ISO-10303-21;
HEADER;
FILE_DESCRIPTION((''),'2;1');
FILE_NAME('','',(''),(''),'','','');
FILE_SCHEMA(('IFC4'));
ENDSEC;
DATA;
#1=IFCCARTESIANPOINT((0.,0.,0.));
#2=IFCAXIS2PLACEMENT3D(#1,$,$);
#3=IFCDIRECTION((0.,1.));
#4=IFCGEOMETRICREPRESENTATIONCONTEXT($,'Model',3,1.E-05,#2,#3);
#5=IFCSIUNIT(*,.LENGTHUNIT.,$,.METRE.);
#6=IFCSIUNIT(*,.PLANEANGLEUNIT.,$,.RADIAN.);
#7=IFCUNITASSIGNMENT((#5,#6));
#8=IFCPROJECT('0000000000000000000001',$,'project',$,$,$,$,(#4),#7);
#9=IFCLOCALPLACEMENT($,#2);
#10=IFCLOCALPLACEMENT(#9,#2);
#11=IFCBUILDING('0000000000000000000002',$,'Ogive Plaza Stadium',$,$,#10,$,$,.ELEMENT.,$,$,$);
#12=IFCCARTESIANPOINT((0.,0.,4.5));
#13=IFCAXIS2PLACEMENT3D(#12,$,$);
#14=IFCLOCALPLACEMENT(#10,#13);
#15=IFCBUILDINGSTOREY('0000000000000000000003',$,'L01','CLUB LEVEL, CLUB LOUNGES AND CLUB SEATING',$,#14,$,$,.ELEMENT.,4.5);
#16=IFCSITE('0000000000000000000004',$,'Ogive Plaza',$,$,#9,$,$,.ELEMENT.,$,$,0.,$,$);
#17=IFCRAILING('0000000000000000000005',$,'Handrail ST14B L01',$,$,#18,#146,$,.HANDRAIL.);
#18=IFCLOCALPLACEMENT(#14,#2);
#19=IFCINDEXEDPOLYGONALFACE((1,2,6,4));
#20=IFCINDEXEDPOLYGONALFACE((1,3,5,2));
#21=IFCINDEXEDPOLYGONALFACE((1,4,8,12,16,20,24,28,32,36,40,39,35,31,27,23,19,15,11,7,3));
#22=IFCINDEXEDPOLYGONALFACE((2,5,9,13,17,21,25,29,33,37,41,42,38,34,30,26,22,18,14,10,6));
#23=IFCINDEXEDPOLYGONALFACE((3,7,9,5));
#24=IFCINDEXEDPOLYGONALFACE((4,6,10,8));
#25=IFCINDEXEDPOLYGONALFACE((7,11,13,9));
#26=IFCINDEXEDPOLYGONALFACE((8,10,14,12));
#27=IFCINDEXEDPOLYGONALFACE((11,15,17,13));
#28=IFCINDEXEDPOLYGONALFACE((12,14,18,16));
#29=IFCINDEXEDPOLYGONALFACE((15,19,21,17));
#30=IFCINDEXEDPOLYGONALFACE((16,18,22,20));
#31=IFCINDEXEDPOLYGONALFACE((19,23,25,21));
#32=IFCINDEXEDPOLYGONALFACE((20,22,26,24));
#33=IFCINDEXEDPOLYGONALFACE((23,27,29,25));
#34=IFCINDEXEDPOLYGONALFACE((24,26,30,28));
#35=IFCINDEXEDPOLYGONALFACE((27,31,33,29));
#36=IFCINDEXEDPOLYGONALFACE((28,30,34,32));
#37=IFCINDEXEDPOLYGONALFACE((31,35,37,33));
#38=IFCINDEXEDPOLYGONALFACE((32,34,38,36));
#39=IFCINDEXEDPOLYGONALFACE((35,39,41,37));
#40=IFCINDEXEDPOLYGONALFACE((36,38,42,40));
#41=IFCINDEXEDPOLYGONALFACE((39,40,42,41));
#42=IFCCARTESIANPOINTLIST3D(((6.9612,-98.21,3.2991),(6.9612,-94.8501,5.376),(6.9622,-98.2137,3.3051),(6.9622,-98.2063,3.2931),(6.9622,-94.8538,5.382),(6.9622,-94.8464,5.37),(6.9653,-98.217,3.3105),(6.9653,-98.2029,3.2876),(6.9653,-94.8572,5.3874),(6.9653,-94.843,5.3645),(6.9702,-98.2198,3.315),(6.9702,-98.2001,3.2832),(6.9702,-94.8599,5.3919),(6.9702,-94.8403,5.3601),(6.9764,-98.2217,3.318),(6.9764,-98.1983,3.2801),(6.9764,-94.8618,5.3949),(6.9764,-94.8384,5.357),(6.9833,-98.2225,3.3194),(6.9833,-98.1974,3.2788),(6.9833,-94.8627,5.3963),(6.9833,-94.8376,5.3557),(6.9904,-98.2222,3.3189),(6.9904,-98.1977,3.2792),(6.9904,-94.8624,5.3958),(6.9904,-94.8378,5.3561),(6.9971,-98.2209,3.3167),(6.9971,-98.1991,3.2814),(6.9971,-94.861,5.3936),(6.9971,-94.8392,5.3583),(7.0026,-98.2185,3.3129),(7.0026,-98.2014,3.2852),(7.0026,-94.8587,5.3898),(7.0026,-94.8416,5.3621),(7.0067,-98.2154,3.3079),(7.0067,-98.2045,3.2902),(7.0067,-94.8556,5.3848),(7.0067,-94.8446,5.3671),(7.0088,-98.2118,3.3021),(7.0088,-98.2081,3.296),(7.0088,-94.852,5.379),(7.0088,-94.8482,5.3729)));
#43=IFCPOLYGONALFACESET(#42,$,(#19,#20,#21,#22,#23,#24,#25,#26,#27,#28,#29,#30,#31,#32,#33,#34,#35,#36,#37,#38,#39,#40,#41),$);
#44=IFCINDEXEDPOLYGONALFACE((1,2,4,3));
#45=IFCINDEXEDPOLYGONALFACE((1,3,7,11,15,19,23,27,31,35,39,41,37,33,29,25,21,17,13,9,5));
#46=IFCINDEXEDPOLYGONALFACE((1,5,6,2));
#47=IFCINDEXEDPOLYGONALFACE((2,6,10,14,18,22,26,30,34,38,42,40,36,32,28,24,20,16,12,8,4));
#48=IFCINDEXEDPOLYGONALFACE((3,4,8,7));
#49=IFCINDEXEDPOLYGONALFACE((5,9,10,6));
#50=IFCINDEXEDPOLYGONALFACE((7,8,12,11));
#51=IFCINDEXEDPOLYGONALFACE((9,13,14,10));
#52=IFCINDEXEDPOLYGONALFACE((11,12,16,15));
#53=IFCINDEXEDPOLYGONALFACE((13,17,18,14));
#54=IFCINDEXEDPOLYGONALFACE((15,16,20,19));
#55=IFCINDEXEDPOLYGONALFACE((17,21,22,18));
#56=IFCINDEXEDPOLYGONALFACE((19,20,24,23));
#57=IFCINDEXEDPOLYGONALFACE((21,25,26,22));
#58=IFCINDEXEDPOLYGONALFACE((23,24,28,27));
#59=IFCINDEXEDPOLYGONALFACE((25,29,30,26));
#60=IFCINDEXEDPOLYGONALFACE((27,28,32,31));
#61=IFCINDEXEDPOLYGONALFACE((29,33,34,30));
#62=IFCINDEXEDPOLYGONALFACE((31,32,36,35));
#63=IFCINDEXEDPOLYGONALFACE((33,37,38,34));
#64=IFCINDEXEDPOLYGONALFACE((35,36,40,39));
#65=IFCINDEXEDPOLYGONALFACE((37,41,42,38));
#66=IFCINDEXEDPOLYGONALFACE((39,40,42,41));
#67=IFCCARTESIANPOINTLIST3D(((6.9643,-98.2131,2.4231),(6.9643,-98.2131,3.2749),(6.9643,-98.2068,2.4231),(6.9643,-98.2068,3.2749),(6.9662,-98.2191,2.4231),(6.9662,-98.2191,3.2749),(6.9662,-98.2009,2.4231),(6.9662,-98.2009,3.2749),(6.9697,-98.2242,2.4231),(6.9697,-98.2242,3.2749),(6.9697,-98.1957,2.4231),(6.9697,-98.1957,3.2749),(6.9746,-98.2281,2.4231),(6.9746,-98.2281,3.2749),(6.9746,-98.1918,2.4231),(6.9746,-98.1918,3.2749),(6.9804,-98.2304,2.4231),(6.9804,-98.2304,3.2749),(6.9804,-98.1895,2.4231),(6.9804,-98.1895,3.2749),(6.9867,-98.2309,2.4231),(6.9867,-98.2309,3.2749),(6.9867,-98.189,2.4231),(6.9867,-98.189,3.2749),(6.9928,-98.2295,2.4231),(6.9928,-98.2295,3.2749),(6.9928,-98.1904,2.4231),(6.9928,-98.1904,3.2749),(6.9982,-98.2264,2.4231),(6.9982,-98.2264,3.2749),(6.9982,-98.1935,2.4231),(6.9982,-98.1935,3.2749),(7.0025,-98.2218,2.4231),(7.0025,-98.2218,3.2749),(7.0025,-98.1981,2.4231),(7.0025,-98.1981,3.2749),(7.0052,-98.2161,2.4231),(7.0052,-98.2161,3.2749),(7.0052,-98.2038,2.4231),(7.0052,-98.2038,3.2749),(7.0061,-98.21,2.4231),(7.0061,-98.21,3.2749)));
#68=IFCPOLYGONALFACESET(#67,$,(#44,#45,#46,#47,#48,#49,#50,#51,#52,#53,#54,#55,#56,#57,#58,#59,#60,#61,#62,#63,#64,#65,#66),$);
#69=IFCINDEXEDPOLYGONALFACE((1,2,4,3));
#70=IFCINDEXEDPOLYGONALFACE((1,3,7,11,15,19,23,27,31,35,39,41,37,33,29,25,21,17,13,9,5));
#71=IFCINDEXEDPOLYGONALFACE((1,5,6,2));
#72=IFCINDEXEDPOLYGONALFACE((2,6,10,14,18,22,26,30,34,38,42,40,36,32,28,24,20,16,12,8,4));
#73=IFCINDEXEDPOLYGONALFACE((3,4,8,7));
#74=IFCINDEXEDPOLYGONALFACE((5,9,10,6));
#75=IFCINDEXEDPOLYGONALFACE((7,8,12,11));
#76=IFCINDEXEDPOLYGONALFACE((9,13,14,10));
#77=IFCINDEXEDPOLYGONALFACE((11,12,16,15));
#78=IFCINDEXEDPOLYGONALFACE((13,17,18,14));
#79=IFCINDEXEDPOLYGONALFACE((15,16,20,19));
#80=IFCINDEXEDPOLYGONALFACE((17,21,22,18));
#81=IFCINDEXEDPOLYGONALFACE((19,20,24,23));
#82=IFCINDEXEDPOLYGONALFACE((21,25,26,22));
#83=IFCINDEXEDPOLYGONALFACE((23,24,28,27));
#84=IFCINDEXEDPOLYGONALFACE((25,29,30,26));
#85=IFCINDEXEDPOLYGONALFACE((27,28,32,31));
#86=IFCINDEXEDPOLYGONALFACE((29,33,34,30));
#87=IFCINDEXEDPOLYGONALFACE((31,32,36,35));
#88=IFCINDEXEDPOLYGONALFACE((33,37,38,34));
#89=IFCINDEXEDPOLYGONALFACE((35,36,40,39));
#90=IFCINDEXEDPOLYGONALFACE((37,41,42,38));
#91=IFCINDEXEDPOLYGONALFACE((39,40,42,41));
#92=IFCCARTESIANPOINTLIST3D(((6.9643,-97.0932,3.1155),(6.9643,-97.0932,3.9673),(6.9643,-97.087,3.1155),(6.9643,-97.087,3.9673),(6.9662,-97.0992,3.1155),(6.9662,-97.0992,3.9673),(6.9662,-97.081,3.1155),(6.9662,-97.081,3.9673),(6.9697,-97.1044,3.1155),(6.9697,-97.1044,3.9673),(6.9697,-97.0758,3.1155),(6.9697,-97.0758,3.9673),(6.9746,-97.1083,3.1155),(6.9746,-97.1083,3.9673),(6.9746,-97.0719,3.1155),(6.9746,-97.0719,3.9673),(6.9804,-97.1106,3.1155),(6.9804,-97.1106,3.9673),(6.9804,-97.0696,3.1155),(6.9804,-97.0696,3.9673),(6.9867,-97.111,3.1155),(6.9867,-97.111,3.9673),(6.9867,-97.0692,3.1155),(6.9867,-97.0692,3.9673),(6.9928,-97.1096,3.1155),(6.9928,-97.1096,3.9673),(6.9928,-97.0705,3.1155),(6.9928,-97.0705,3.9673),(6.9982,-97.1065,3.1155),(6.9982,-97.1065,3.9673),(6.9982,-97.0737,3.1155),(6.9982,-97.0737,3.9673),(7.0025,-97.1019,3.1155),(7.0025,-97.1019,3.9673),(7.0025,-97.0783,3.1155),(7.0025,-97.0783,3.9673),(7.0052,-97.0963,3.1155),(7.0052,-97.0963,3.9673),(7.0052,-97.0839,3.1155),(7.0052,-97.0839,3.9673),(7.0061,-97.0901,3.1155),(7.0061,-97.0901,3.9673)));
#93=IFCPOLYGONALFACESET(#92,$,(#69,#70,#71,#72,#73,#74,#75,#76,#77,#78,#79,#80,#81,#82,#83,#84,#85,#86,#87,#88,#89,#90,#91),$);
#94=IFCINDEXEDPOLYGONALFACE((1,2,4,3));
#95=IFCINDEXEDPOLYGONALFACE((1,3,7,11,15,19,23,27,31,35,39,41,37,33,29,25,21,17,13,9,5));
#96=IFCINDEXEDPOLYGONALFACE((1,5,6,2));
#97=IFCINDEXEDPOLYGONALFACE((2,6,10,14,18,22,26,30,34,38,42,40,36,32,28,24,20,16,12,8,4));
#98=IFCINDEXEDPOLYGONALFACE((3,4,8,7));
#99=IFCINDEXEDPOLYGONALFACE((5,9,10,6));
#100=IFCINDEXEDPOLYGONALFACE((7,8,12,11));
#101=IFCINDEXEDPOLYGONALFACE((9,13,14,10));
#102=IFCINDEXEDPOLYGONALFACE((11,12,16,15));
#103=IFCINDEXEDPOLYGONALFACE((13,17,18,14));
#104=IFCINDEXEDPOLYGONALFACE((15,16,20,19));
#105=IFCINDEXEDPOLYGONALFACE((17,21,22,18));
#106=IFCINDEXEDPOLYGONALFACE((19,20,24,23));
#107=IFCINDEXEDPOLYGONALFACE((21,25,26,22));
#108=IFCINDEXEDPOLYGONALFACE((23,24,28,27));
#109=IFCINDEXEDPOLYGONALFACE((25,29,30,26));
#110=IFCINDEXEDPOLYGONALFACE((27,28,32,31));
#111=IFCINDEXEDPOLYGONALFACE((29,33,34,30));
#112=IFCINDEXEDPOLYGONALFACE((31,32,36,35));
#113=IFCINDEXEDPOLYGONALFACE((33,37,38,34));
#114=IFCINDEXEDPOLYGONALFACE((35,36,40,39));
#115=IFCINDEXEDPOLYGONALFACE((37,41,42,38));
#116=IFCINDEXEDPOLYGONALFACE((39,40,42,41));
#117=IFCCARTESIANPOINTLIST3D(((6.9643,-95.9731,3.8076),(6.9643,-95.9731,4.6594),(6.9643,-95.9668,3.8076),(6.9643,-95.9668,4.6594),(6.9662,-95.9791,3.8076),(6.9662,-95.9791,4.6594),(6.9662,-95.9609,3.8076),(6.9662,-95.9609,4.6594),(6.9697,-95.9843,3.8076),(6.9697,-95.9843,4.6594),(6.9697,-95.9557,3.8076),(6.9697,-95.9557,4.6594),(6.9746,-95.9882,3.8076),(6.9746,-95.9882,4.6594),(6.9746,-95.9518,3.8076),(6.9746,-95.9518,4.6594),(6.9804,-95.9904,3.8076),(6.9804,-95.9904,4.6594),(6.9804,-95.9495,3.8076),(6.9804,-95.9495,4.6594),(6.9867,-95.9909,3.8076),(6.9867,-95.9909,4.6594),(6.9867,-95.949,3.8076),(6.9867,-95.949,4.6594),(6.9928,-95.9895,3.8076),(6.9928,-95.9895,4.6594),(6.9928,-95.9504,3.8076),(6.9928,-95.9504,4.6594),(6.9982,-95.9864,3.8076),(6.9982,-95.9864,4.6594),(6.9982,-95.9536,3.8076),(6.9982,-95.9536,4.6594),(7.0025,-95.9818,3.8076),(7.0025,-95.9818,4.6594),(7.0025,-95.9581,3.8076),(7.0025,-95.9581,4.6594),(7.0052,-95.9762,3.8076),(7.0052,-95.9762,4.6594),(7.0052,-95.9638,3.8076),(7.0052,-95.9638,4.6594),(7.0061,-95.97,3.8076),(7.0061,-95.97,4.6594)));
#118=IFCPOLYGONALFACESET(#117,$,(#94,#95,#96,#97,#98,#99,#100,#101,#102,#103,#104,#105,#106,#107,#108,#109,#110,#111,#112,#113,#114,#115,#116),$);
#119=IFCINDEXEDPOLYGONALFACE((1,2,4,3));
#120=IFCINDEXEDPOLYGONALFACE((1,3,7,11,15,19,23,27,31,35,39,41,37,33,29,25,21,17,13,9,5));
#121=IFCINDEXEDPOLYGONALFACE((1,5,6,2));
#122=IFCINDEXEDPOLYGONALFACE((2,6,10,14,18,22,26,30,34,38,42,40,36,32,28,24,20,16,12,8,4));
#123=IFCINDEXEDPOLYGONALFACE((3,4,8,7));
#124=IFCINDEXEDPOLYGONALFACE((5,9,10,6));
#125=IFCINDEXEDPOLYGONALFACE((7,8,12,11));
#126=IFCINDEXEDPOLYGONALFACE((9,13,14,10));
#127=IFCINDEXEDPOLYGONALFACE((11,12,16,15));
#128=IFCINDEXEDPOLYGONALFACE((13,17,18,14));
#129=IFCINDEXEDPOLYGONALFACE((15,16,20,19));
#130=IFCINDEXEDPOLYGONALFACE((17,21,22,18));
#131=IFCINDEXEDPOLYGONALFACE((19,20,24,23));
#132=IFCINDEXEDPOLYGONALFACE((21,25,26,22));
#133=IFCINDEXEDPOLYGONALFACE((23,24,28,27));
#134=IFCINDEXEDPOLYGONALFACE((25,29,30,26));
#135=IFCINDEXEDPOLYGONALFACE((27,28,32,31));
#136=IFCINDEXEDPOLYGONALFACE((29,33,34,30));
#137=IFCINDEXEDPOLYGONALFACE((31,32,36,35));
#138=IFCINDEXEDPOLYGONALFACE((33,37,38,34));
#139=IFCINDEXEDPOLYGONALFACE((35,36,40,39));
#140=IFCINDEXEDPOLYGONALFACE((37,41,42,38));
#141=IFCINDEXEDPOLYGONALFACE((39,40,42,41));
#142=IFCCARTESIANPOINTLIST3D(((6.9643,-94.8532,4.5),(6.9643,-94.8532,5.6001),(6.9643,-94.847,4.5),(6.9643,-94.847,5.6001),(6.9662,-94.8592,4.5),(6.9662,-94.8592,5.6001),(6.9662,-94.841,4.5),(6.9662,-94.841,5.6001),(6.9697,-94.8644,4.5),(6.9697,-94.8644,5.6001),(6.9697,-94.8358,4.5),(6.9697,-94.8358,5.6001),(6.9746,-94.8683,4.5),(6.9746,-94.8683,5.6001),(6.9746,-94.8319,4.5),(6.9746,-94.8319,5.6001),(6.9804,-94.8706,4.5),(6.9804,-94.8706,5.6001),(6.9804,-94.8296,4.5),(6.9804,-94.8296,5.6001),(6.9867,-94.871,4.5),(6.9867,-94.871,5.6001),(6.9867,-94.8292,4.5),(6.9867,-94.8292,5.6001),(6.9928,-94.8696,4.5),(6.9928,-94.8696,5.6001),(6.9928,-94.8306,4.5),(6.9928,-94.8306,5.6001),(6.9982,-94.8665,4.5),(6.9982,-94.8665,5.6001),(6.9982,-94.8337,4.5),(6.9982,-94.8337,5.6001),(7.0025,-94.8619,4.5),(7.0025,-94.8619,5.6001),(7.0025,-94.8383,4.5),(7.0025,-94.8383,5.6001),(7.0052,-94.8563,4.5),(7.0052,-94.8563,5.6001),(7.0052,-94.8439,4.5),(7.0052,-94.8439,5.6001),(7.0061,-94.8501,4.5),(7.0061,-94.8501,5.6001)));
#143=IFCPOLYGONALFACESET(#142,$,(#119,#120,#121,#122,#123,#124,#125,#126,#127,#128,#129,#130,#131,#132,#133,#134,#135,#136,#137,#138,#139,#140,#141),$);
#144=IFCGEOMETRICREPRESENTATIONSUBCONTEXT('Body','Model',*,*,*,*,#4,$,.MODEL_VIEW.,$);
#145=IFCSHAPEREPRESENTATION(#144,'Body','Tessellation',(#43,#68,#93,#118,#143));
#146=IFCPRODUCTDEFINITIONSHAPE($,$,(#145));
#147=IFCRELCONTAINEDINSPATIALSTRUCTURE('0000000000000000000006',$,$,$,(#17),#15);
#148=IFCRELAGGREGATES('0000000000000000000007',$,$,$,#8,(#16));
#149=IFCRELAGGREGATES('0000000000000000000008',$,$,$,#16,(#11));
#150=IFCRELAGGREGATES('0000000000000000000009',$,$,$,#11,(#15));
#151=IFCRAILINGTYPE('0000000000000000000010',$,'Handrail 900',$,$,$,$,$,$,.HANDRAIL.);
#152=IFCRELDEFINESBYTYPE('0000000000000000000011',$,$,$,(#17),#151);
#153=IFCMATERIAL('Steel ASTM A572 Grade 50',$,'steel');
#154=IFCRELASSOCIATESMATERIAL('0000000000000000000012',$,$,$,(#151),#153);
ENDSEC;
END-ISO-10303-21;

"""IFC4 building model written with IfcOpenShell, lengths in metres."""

from ifc_helpers import new_model, si_unit, direction, frame, origin, origin_2d, place, context, subcontext, project, spatial, circle, extrude, material, type_object, element, save


model = new_model("IFC4")

# Units and contexts
model_context = context("Model", 3, precision=1e-05, world=origin(), true_north=direction((0.0, 1.0)))
body_context = subcontext(model_context, "Body", "Model", "MODEL_VIEW")
ifc_project = project(units=[si_unit("LENGTHUNIT", "METRE"), si_unit("PLANEANGLEUNIT", "RADIAN")], contexts=[model_context])

# Site, building, storey
site_placement = place(None, origin())
site = spatial("IfcSite", under=ifc_project, at=site_placement, Name="Ogive Plaza", CompositionType="ELEMENT", RefElevation=0.0)
building_placement = place(site_placement, origin())
building = spatial("IfcBuilding", under=site, at=building_placement, Name="Ogive Plaza Stadium", CompositionType="ELEMENT")
storey_placement = place(building_placement, frame((0.0, 0.0, 4.5)))
storey = spatial("IfcBuildingStorey", under=building, at=storey_placement, Name="L01", Description="CLUB LEVEL, CLUB LOUNGES AND CLUB SEATING", CompositionType="ELEMENT", Elevation=4.5)

# Railing
ifc_material_1 = material(Name="Steel ASTM A572 Grade 50", Category="steel")
railing_type_1 = type_object("IfcRailingType", Name="Handrail 900", PredefinedType="HANDRAIL", material=ifc_material_1)
for number, where, name in (
    (1, (6.9851, -98.21, 2.4231), "Handrail ST14B L01"),
):
    element("IfcRailing", number, at=place(storey_placement, frame(where)), inside=storey, type_object=railing_type_1, Name=name, PredefinedType="HANDRAIL", context=body_context, shape_type="SweptSolid", body=[
        extrude(circle(Radius=0.0239, at=origin_2d()), frame((0.0, 0.0, 0.876), z_axis=(0.0, 0.850606, 0.525803), x_axis=(-1.0, 0.0, 0.0)), (0.0, 0.0, 1.0), 3.95),
        extrude(circle(Radius=0.021, at=origin_2d()), origin(), (0.0, 0.0, 1.0), 0.8518),
        extrude(circle(Radius=0.021, at=origin_2d()), frame((0.0, 1.1199, 0.6924)), (0.0, 0.0, 1.0), 0.8518),
        extrude(circle(Radius=0.021, at=origin_2d()), frame((0.0, 2.24, 1.3845)), (0.0, 0.0, 1.0), 0.8518),
        extrude(circle(Radius=0.021, at=origin_2d()), frame((0.0, 3.3599, 2.0769)), (0.0, 0.0, 1.0), 1.1001),
    ])

save(model, "model.ifc")
